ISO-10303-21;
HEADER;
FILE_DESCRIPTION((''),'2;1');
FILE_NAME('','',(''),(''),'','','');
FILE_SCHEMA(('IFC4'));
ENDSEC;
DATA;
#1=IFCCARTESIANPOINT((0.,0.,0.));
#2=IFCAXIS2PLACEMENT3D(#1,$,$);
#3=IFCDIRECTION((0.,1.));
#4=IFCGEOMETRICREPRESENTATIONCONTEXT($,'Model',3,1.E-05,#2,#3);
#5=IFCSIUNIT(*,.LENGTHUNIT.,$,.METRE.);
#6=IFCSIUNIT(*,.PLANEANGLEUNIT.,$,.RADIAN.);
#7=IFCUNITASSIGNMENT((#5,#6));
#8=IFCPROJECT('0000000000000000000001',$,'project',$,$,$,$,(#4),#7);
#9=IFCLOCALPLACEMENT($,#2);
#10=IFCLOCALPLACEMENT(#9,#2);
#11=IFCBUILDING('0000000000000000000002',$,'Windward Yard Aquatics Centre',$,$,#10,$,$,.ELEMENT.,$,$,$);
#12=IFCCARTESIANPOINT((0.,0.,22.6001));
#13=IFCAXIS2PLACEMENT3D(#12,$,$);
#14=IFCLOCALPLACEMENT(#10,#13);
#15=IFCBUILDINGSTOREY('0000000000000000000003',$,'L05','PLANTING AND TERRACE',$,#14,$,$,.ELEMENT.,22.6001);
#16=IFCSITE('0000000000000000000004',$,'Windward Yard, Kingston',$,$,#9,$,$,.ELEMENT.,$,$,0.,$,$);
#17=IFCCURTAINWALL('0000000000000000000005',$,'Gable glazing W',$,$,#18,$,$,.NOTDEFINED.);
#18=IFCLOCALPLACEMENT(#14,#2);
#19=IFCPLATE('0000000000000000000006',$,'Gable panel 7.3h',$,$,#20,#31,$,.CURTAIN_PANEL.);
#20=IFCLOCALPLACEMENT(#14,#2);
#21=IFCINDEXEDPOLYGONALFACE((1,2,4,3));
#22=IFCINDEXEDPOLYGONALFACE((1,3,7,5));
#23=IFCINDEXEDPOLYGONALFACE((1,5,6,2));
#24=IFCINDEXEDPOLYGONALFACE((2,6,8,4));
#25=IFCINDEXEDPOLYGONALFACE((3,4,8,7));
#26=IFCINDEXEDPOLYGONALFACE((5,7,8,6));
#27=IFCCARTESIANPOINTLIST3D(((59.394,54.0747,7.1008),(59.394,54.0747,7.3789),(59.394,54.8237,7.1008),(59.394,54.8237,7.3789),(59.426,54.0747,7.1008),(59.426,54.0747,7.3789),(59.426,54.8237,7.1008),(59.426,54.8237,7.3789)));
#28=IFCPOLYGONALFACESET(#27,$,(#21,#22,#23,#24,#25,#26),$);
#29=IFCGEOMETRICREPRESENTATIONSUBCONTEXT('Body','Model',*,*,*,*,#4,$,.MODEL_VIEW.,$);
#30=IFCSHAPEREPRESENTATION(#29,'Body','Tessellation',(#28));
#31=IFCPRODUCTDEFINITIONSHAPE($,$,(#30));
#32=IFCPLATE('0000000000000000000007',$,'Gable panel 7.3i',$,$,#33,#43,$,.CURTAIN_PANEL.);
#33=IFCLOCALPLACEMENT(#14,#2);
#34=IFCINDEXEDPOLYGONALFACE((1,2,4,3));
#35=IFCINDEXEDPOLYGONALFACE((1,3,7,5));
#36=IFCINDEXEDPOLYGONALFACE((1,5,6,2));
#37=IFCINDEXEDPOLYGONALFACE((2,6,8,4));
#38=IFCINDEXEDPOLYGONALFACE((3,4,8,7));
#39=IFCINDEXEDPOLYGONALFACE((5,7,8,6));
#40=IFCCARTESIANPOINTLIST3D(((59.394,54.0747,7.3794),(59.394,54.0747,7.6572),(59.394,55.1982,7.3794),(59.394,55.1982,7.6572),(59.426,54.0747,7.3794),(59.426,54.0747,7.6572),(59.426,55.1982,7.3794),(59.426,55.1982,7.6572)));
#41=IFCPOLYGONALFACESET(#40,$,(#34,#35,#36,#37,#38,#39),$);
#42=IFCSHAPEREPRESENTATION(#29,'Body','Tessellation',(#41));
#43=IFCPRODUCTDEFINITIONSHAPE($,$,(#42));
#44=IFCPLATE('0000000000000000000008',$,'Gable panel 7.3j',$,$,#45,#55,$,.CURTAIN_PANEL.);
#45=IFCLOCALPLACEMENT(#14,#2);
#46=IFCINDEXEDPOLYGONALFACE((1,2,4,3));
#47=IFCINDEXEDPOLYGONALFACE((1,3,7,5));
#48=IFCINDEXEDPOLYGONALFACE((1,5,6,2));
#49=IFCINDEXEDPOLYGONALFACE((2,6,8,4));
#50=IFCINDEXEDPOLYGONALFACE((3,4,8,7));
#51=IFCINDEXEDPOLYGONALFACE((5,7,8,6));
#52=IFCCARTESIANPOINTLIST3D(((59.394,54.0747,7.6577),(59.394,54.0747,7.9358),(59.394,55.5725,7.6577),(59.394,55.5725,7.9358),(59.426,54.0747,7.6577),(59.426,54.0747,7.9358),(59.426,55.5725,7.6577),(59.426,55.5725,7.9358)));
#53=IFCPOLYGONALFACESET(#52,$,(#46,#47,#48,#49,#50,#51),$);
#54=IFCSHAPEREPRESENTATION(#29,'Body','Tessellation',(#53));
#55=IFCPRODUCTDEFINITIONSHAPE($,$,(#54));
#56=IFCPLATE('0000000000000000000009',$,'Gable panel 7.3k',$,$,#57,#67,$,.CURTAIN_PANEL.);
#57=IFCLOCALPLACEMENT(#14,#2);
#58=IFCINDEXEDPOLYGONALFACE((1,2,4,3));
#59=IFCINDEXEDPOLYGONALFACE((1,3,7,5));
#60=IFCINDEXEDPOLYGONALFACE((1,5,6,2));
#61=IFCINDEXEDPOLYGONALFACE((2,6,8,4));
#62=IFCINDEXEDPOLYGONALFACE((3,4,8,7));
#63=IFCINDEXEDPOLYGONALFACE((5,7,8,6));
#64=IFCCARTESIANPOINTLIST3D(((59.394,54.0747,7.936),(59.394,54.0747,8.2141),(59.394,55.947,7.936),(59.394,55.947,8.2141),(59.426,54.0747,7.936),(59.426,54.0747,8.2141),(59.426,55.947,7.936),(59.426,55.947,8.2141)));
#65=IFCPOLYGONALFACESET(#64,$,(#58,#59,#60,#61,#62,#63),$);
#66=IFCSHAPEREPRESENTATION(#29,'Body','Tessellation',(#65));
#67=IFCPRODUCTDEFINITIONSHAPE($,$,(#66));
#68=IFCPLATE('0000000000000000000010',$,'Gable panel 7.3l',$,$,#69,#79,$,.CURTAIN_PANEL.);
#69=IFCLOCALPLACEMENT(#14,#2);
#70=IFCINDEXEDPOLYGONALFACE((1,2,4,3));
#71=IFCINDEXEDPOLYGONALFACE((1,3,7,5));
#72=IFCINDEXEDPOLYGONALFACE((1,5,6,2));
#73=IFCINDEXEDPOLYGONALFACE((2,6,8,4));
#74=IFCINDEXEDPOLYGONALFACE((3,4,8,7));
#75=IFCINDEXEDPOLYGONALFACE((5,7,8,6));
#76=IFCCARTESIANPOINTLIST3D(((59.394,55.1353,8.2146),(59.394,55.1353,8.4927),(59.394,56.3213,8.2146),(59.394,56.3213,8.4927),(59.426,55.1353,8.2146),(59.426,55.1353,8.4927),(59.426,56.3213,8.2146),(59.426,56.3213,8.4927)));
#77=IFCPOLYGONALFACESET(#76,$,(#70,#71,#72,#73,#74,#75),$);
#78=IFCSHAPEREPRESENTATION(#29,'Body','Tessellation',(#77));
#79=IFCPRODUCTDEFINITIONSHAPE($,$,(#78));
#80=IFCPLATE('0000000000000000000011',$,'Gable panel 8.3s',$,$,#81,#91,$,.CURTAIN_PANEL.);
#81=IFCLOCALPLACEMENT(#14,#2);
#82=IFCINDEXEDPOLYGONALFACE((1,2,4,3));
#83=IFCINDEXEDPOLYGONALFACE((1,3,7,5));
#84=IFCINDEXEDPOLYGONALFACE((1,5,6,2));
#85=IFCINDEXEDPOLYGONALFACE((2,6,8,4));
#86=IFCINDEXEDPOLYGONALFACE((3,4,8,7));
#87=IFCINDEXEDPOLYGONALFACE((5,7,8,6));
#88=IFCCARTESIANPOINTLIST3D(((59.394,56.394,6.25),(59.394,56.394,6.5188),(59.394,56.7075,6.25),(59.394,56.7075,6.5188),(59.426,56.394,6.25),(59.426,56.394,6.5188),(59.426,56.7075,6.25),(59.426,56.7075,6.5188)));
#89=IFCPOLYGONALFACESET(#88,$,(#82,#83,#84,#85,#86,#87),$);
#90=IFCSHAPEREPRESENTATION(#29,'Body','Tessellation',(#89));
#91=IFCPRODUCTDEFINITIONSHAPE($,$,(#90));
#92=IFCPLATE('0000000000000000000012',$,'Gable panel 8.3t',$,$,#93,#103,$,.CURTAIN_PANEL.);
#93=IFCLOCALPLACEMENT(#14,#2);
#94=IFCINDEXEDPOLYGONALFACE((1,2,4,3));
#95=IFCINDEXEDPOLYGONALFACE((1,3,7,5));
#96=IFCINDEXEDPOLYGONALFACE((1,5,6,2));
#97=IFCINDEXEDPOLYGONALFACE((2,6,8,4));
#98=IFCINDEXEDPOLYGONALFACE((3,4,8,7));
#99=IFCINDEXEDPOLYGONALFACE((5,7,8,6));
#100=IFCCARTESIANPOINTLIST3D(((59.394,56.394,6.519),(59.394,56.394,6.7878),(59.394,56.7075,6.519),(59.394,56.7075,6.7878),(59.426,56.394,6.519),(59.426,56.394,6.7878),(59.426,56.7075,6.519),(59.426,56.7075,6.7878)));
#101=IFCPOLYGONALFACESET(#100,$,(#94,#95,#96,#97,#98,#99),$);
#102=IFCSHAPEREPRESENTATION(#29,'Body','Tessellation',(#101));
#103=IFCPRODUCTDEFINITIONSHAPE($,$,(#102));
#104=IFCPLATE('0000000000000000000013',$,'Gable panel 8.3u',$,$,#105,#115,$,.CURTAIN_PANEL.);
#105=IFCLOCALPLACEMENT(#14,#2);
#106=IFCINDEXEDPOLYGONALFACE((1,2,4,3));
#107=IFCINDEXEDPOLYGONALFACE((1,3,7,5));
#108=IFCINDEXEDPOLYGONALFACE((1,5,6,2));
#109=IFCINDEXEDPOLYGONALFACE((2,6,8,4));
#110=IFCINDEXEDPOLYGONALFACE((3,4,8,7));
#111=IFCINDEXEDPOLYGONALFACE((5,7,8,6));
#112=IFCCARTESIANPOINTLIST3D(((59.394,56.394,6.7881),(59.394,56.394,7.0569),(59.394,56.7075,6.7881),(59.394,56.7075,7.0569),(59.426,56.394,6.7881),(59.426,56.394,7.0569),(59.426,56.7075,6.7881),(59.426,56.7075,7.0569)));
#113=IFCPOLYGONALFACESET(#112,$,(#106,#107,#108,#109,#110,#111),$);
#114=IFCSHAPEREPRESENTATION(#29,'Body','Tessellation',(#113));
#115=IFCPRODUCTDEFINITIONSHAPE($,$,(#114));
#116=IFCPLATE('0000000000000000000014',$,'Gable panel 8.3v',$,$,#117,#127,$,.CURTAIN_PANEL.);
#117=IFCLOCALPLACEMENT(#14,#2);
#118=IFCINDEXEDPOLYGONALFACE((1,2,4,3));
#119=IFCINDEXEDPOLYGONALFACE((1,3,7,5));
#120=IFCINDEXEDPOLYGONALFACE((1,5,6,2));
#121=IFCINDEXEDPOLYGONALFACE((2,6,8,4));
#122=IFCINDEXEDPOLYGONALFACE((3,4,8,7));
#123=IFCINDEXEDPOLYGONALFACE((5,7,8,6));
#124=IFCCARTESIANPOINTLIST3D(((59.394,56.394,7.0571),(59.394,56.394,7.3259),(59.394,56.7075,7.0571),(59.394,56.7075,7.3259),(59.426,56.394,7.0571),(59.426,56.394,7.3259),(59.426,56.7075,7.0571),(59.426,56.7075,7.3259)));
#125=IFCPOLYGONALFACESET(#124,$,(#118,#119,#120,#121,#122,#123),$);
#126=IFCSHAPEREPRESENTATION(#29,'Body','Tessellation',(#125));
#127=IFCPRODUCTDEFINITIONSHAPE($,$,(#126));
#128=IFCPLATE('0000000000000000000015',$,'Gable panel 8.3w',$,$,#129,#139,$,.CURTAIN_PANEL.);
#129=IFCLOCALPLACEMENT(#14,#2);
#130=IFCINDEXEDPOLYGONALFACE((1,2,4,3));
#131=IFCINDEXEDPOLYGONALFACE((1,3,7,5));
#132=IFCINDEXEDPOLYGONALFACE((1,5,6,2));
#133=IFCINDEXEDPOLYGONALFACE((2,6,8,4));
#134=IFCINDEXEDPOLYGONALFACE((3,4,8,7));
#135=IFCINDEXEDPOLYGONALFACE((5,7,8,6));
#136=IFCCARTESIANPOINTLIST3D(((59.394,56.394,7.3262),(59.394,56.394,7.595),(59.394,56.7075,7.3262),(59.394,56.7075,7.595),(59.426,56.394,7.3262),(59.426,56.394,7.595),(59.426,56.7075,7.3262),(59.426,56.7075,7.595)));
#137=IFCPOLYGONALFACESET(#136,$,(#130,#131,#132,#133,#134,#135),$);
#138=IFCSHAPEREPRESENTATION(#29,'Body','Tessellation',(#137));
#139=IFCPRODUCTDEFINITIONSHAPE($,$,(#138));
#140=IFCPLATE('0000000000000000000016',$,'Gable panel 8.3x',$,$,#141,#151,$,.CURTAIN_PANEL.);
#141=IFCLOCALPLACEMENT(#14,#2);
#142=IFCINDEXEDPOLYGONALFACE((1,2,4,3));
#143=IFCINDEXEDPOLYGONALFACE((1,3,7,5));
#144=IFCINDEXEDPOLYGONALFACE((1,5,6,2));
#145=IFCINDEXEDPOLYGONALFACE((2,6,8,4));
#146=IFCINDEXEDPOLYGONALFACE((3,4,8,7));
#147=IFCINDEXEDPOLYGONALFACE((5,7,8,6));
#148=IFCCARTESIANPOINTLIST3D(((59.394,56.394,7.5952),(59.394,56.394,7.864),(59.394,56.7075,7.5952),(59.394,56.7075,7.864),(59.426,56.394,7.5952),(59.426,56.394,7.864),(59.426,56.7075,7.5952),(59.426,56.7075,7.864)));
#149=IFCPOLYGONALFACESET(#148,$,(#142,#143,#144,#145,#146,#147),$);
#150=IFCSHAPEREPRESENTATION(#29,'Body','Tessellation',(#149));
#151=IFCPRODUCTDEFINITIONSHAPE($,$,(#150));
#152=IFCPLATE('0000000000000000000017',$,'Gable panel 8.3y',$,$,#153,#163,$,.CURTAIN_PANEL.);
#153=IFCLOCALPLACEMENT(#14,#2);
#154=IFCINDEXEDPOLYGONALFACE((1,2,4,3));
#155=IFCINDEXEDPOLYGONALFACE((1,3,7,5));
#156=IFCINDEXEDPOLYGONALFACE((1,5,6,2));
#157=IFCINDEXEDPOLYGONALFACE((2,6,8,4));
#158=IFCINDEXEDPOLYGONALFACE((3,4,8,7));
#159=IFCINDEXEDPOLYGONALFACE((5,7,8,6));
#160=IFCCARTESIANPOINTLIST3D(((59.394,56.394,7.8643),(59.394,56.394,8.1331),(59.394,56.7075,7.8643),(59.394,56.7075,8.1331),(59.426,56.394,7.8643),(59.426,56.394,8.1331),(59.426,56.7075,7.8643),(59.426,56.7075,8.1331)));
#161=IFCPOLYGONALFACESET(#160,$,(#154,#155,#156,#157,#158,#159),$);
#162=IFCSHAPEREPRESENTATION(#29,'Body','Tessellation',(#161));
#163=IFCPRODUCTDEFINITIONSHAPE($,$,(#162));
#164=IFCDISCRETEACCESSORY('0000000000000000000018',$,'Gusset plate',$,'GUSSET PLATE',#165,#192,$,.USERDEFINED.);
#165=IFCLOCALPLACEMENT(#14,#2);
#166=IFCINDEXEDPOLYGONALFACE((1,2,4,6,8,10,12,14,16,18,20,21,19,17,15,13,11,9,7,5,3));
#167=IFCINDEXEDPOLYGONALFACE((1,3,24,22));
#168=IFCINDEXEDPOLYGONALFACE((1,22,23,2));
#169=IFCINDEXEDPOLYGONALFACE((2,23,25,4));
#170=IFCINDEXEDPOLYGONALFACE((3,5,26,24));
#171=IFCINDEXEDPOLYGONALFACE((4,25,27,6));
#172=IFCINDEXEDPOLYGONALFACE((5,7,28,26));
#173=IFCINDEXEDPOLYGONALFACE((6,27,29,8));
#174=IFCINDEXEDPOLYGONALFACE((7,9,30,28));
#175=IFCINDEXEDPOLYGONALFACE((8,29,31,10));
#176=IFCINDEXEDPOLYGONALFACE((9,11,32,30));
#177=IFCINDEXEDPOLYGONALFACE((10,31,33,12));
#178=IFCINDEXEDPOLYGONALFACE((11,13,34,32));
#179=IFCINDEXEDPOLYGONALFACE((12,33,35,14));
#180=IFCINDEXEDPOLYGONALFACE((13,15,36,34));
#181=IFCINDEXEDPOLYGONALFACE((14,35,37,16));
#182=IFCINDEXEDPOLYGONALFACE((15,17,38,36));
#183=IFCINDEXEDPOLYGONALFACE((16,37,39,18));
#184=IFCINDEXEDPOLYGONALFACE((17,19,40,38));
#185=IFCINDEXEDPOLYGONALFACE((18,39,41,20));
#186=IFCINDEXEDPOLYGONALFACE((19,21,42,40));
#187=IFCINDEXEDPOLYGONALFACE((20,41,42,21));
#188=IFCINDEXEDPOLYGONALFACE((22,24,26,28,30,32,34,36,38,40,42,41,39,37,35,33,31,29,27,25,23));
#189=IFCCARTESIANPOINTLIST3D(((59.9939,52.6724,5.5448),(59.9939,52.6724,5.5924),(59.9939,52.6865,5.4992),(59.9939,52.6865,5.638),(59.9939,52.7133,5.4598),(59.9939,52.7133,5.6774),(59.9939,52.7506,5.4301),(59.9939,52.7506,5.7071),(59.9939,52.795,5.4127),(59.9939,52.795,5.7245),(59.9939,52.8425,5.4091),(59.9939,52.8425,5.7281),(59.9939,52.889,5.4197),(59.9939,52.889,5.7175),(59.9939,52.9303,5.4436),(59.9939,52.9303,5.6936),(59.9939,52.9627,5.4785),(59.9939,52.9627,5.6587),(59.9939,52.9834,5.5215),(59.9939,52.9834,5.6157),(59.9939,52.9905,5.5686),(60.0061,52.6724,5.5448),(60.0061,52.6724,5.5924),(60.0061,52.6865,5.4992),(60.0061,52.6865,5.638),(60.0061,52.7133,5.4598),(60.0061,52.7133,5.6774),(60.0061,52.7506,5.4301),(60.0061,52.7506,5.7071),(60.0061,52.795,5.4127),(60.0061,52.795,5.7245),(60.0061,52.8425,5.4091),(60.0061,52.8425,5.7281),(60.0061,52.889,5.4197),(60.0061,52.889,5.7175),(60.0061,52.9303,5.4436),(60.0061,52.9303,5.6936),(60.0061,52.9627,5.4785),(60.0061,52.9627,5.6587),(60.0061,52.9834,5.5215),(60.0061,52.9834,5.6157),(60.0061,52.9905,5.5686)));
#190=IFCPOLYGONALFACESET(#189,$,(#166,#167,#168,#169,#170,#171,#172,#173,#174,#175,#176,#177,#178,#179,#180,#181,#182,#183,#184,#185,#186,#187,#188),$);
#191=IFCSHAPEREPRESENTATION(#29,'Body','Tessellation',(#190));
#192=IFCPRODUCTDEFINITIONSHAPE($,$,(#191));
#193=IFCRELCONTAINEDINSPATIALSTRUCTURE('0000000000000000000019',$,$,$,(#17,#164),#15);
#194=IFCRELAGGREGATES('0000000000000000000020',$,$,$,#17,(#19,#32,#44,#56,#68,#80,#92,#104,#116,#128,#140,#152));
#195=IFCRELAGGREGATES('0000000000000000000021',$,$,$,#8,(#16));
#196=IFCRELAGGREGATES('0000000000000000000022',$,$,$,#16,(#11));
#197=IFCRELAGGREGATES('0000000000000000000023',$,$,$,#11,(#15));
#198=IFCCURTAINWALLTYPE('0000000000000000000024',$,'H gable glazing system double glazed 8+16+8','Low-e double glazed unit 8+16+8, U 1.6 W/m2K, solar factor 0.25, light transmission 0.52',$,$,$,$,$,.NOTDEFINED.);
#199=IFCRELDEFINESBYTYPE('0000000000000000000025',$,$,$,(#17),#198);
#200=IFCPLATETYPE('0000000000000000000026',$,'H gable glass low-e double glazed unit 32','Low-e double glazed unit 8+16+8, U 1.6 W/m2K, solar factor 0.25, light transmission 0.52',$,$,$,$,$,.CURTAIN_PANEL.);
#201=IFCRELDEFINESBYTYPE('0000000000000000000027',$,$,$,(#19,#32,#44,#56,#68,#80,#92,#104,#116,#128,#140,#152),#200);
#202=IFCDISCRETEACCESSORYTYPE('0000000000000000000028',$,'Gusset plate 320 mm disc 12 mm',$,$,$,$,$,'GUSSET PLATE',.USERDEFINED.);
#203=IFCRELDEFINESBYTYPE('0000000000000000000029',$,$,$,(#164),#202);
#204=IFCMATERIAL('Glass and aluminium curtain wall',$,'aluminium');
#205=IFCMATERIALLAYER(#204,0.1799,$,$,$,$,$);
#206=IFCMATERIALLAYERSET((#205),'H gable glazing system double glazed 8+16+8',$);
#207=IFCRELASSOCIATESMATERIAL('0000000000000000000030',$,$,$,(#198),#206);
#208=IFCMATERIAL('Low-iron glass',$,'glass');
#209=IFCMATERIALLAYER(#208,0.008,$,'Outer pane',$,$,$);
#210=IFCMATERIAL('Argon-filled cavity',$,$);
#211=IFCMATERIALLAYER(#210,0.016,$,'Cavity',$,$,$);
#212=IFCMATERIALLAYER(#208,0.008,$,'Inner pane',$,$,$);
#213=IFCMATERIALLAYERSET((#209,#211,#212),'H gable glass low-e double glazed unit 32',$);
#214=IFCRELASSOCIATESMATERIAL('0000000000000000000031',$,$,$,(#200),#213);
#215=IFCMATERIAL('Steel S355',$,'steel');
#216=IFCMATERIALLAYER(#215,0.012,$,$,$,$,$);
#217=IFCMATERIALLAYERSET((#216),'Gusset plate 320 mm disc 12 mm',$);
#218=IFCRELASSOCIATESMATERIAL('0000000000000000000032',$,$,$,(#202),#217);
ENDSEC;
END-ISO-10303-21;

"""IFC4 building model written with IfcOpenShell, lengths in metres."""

from ifc_helpers import new_model, si_unit, direction, frame, origin, origin_2d, place, context, subcontext, project, spatial, polyline, circle, outline, extrude, material, layer, layer_set, type_object, element, aggregate, save


model = new_model("IFC4")

# Units and contexts
model_context = context("Model", 3, precision=1e-05, world=origin(), true_north=direction((0.0, 1.0)))
body_context = subcontext(model_context, "Body", "Model", "MODEL_VIEW")
ifc_project = project(units=[si_unit("LENGTHUNIT", "METRE"), si_unit("PLANEANGLEUNIT", "RADIAN")], contexts=[model_context])

# Site, building, storey
site_placement = place(None, origin())
site = spatial("IfcSite", under=ifc_project, at=site_placement, Name="Windward Yard, Kingston", CompositionType="ELEMENT", RefElevation=0.0)
building_placement = place(site_placement, origin())
building = spatial("IfcBuilding", under=site, at=building_placement, Name="Windward Yard Aquatics Centre", CompositionType="ELEMENT")
storey_placement = place(building_placement, frame((0.0, 0.0, 22.6001)))
storey = spatial("IfcBuildingStorey", under=building, at=storey_placement, Name="L05", Description="PLANTING AND TERRACE", CompositionType="ELEMENT", Elevation=22.6001)

# Curtain wall, plates
ifc_material_1 = material(Name="Glass and aluminium curtain wall", Category="aluminium")
ifc_layer_1 = layer(ifc_material_1, 0.1799)
ifc_layer_set_1 = layer_set([ifc_layer_1], Name="H gable glazing system double glazed 8+16+8")
curtain_wall_type = type_object("IfcCurtainWallType", Name="H gable glazing system double glazed 8+16+8", Description="Low-e double glazed unit 8+16+8, U 1.6 W/m2K, solar factor 0.25, light transmission 0.52", PredefinedType="NOTDEFINED", material=ifc_layer_set_1)
curtain_wall_placement = place(storey_placement, origin())
curtain_wall = element("IfcCurtainWall", 1, at=curtain_wall_placement, inside=storey, type_object=curtain_wall_type, Name="Gable glazing W", PredefinedType="NOTDEFINED")
ifc_material_2 = material(Name="Low-iron glass", Category="glass")
ifc_layer_2 = layer(ifc_material_2, 0.008, Name="Outer pane")
ifc_material_3 = material(Name="Argon-filled cavity")
ifc_layer_3 = layer(ifc_material_3, 0.016, Name="Cavity")
ifc_layer_4 = layer(ifc_material_2, 0.008, Name="Inner pane")
ifc_layer_set_2 = layer_set([ifc_layer_2, ifc_layer_3, ifc_layer_4], Name="H gable glass low-e double glazed unit 32")
plate_type = type_object("IfcPlateType", Name="H gable glass low-e double glazed unit 32", Description="Low-e double glazed unit 8+16+8, U 1.6 W/m2K, solar factor 0.25, light transmission 0.52", PredefinedType="CURTAIN_PANEL", material=ifc_layer_set_2)
plate_1_placement = place(storey_placement, frame((59.426, 54.0747, 7.1008), z_axis=(1.0, 0.0, 0.0), x_axis=(0.0, 1.0, 0.0)))
plate_1 = element("IfcPlate", 2, at=plate_1_placement, type_object=plate_type, Name="Gable panel 7.3h", PredefinedType="CURTAIN_PANEL", context=body_context, shape_type="SweptSolid", body=[
    extrude(outline(polyline([(0.0, 0.0), (0.749, 0.0), (0.749, 0.2781), (0.0, 0.2781), (0.0, 0.0)])), origin(), (0.0, 0.0, -1.0), 0.032),
])
plate_2_placement = place(storey_placement, frame((59.426, 54.0747, 7.3794), z_axis=(1.0, 0.0, 0.0), x_axis=(0.0, 1.0, 0.0)))
plate_2 = element("IfcPlate", 3, at=plate_2_placement, type_object=plate_type, Name="Gable panel 7.3i", PredefinedType="CURTAIN_PANEL", context=body_context, shape_type="SweptSolid", body=[
    extrude(outline(polyline([(0.0, 0.0), (1.1235, 0.0), (1.1235, 0.2778), (0.0, 0.2778), (0.0, 0.0)])), origin(), (0.0, 0.0, -1.0), 0.032),
])
plate_3_placement = place(storey_placement, frame((59.426, 54.0747, 7.6577), z_axis=(1.0, 0.0, 0.0), x_axis=(0.0, 1.0, 0.0)))
plate_3 = element("IfcPlate", 4, at=plate_3_placement, type_object=plate_type, Name="Gable panel 7.3j", PredefinedType="CURTAIN_PANEL", context=body_context, shape_type="SweptSolid", body=[
    extrude(outline(polyline([(0.0, 0.0), (1.4978, 0.0), (1.4978, 0.2781), (0.0, 0.2781), (0.0, 0.0)])), origin(), (0.0, 0.0, -1.0), 0.032),
])
plate_4_placement = place(storey_placement, frame((59.426, 54.0747, 7.936), z_axis=(1.0, 0.0, 0.0), x_axis=(0.0, 1.0, 0.0)))
plate_4 = element("IfcPlate", 5, at=plate_4_placement, type_object=plate_type, Name="Gable panel 7.3k", PredefinedType="CURTAIN_PANEL", context=body_context, shape_type="SweptSolid", body=[
    extrude(outline(polyline([(0.0, 0.0), (1.8723, 0.0), (1.8723, 0.2781), (0.0, 0.2781), (0.0, 0.0)])), origin(), (0.0, 0.0, -1.0), 0.032),
])
plate_5_placement = place(storey_placement, frame((59.426, 55.1353, 8.2146), z_axis=(1.0, 0.0, 0.0), x_axis=(0.0, 1.0, 0.0)))
plate_5 = element("IfcPlate", 6, at=plate_5_placement, type_object=plate_type, Name="Gable panel 7.3l", PredefinedType="CURTAIN_PANEL", context=body_context, shape_type="SweptSolid", body=[
    extrude(outline(polyline([(0.0, 0.0), (1.186, 0.0), (1.186, 0.2781), (0.0, 0.2781), (0.0, 0.0)])), origin(), (0.0, 0.0, -1.0), 0.032),
])
plate_6_placement = place(storey_placement, frame((59.426, 56.394, 6.25), z_axis=(1.0, 0.0, 0.0), x_axis=(0.0, 1.0, 0.0)))
plate_6 = element("IfcPlate", 7, at=plate_6_placement, type_object=plate_type, Name="Gable panel 8.3s", PredefinedType="CURTAIN_PANEL", context=body_context, shape_type="SweptSolid", body=[
    extrude(outline(polyline([(0.0, 0.0), (0.3135, 0.0), (0.3135, 0.2688), (0.0, 0.2688), (0.0, 0.0)])), origin(), (0.0, 0.0, -1.0), 0.032),
])
plate_7_placement = place(storey_placement, frame((59.426, 56.394, 6.519), z_axis=(1.0, 0.0, 0.0), x_axis=(0.0, 1.0, 0.0)))
plate_7 = element("IfcPlate", 8, at=plate_7_placement, type_object=plate_type, Name="Gable panel 8.3t", PredefinedType="CURTAIN_PANEL", context=body_context, shape_type="SweptSolid", body=[
    extrude(outline(polyline([(0.0, 0.0), (0.3135, 0.0), (0.3135, 0.2688), (0.0, 0.2688), (0.0, 0.0)])), origin(), (0.0, 0.0, -1.0), 0.032),
])
plate_8_placement = place(storey_placement, frame((59.426, 56.394, 6.7881), z_axis=(1.0, 0.0, 0.0), x_axis=(0.0, 1.0, 0.0)))
plate_8 = element("IfcPlate", 9, at=plate_8_placement, type_object=plate_type, Name="Gable panel 8.3u", PredefinedType="CURTAIN_PANEL", context=body_context, shape_type="SweptSolid", body=[
    extrude(outline(polyline([(0.0, 0.0), (0.3135, 0.0), (0.3135, 0.2688), (0.0, 0.2688), (0.0, 0.0)])), origin(), (0.0, 0.0, -1.0), 0.032),
])
plate_9_placement = place(storey_placement, frame((59.426, 56.394, 7.0571), z_axis=(1.0, 0.0, 0.0), x_axis=(0.0, 1.0, 0.0)))
plate_9 = element("IfcPlate", 10, at=plate_9_placement, type_object=plate_type, Name="Gable panel 8.3v", PredefinedType="CURTAIN_PANEL", context=body_context, shape_type="SweptSolid", body=[
    extrude(outline(polyline([(0.0, 0.0), (0.3135, 0.0), (0.3135, 0.2688), (0.0, 0.2688), (0.0, 0.0)])), origin(), (0.0, 0.0, -1.0), 0.032),
])
plate_10_placement = place(storey_placement, frame((59.426, 56.394, 7.3262), z_axis=(1.0, 0.0, 0.0), x_axis=(0.0, 1.0, 0.0)))
plate_10 = element("IfcPlate", 11, at=plate_10_placement, type_object=plate_type, Name="Gable panel 8.3w", PredefinedType="CURTAIN_PANEL", context=body_context, shape_type="SweptSolid", body=[
    extrude(outline(polyline([(0.0, 0.0), (0.3135, 0.0), (0.3135, 0.2688), (0.0, 0.2688), (0.0, 0.0)])), origin(), (0.0, 0.0, -1.0), 0.032),
])
plate_11_placement = place(storey_placement, frame((59.426, 56.394, 7.5952), z_axis=(1.0, 0.0, 0.0), x_axis=(0.0, 1.0, 0.0)))
plate_11 = element("IfcPlate", 12, at=plate_11_placement, type_object=plate_type, Name="Gable panel 8.3x", PredefinedType="CURTAIN_PANEL", context=body_context, shape_type="SweptSolid", body=[
    extrude(outline(polyline([(0.0, 0.0), (0.3135, 0.0), (0.3135, 0.2688), (0.0, 0.2688), (0.0, 0.0)])), origin(), (0.0, 0.0, -1.0), 0.032),
])
plate_12_placement = place(storey_placement, frame((59.426, 56.394, 7.8643), z_axis=(1.0, 0.0, 0.0), x_axis=(0.0, 1.0, 0.0)))
plate_12 = element("IfcPlate", 13, at=plate_12_placement, type_object=plate_type, Name="Gable panel 8.3y", PredefinedType="CURTAIN_PANEL", context=body_context, shape_type="SweptSolid", body=[
    extrude(outline(polyline([(0.0, 0.0), (0.3135, 0.0), (0.3135, 0.2688), (0.0, 0.2688), (0.0, 0.0)])), origin(), (0.0, 0.0, -1.0), 0.032),
])

# Discrete accessory
ifc_material_4 = material(Name="Steel S355", Category="steel")
ifc_layer_5 = layer(ifc_material_4, 0.012)
ifc_layer_set_3 = layer_set([ifc_layer_5], Name="Gusset plate 320 mm disc 12 mm")
discrete_accessory_type = type_object("IfcDiscreteAccessoryType", Name="Gusset plate 320 mm disc 12 mm", ElementType="GUSSET PLATE", PredefinedType="USERDEFINED", material=ifc_layer_set_3)
for number, where, z_axis, x_axis, name in (
    (14, (59.9939, 52.8306, 5.5686), (1.0, 0.0, 0.0), (0.0, 1.0, 0.0), "Gusset plate"),
):
    element("IfcDiscreteAccessory", number, at=place(storey_placement, frame(where, z_axis=z_axis, x_axis=x_axis)), inside=storey, type_object=discrete_accessory_type, Name=name, ObjectType="GUSSET PLATE", PredefinedType="USERDEFINED", context=body_context, shape_type="SweptSolid", body=[
        extrude(circle(Radius=0.1599, at=origin_2d()), origin(), (0.0, 0.0, 1.0), 0.0122),
    ])

aggregate(curtain_wall, [plate_1, plate_2, plate_3, plate_4, plate_5, plate_6, plate_7, plate_8, plate_9, plate_10, plate_11, plate_12])

save(model, "model.ifc")
